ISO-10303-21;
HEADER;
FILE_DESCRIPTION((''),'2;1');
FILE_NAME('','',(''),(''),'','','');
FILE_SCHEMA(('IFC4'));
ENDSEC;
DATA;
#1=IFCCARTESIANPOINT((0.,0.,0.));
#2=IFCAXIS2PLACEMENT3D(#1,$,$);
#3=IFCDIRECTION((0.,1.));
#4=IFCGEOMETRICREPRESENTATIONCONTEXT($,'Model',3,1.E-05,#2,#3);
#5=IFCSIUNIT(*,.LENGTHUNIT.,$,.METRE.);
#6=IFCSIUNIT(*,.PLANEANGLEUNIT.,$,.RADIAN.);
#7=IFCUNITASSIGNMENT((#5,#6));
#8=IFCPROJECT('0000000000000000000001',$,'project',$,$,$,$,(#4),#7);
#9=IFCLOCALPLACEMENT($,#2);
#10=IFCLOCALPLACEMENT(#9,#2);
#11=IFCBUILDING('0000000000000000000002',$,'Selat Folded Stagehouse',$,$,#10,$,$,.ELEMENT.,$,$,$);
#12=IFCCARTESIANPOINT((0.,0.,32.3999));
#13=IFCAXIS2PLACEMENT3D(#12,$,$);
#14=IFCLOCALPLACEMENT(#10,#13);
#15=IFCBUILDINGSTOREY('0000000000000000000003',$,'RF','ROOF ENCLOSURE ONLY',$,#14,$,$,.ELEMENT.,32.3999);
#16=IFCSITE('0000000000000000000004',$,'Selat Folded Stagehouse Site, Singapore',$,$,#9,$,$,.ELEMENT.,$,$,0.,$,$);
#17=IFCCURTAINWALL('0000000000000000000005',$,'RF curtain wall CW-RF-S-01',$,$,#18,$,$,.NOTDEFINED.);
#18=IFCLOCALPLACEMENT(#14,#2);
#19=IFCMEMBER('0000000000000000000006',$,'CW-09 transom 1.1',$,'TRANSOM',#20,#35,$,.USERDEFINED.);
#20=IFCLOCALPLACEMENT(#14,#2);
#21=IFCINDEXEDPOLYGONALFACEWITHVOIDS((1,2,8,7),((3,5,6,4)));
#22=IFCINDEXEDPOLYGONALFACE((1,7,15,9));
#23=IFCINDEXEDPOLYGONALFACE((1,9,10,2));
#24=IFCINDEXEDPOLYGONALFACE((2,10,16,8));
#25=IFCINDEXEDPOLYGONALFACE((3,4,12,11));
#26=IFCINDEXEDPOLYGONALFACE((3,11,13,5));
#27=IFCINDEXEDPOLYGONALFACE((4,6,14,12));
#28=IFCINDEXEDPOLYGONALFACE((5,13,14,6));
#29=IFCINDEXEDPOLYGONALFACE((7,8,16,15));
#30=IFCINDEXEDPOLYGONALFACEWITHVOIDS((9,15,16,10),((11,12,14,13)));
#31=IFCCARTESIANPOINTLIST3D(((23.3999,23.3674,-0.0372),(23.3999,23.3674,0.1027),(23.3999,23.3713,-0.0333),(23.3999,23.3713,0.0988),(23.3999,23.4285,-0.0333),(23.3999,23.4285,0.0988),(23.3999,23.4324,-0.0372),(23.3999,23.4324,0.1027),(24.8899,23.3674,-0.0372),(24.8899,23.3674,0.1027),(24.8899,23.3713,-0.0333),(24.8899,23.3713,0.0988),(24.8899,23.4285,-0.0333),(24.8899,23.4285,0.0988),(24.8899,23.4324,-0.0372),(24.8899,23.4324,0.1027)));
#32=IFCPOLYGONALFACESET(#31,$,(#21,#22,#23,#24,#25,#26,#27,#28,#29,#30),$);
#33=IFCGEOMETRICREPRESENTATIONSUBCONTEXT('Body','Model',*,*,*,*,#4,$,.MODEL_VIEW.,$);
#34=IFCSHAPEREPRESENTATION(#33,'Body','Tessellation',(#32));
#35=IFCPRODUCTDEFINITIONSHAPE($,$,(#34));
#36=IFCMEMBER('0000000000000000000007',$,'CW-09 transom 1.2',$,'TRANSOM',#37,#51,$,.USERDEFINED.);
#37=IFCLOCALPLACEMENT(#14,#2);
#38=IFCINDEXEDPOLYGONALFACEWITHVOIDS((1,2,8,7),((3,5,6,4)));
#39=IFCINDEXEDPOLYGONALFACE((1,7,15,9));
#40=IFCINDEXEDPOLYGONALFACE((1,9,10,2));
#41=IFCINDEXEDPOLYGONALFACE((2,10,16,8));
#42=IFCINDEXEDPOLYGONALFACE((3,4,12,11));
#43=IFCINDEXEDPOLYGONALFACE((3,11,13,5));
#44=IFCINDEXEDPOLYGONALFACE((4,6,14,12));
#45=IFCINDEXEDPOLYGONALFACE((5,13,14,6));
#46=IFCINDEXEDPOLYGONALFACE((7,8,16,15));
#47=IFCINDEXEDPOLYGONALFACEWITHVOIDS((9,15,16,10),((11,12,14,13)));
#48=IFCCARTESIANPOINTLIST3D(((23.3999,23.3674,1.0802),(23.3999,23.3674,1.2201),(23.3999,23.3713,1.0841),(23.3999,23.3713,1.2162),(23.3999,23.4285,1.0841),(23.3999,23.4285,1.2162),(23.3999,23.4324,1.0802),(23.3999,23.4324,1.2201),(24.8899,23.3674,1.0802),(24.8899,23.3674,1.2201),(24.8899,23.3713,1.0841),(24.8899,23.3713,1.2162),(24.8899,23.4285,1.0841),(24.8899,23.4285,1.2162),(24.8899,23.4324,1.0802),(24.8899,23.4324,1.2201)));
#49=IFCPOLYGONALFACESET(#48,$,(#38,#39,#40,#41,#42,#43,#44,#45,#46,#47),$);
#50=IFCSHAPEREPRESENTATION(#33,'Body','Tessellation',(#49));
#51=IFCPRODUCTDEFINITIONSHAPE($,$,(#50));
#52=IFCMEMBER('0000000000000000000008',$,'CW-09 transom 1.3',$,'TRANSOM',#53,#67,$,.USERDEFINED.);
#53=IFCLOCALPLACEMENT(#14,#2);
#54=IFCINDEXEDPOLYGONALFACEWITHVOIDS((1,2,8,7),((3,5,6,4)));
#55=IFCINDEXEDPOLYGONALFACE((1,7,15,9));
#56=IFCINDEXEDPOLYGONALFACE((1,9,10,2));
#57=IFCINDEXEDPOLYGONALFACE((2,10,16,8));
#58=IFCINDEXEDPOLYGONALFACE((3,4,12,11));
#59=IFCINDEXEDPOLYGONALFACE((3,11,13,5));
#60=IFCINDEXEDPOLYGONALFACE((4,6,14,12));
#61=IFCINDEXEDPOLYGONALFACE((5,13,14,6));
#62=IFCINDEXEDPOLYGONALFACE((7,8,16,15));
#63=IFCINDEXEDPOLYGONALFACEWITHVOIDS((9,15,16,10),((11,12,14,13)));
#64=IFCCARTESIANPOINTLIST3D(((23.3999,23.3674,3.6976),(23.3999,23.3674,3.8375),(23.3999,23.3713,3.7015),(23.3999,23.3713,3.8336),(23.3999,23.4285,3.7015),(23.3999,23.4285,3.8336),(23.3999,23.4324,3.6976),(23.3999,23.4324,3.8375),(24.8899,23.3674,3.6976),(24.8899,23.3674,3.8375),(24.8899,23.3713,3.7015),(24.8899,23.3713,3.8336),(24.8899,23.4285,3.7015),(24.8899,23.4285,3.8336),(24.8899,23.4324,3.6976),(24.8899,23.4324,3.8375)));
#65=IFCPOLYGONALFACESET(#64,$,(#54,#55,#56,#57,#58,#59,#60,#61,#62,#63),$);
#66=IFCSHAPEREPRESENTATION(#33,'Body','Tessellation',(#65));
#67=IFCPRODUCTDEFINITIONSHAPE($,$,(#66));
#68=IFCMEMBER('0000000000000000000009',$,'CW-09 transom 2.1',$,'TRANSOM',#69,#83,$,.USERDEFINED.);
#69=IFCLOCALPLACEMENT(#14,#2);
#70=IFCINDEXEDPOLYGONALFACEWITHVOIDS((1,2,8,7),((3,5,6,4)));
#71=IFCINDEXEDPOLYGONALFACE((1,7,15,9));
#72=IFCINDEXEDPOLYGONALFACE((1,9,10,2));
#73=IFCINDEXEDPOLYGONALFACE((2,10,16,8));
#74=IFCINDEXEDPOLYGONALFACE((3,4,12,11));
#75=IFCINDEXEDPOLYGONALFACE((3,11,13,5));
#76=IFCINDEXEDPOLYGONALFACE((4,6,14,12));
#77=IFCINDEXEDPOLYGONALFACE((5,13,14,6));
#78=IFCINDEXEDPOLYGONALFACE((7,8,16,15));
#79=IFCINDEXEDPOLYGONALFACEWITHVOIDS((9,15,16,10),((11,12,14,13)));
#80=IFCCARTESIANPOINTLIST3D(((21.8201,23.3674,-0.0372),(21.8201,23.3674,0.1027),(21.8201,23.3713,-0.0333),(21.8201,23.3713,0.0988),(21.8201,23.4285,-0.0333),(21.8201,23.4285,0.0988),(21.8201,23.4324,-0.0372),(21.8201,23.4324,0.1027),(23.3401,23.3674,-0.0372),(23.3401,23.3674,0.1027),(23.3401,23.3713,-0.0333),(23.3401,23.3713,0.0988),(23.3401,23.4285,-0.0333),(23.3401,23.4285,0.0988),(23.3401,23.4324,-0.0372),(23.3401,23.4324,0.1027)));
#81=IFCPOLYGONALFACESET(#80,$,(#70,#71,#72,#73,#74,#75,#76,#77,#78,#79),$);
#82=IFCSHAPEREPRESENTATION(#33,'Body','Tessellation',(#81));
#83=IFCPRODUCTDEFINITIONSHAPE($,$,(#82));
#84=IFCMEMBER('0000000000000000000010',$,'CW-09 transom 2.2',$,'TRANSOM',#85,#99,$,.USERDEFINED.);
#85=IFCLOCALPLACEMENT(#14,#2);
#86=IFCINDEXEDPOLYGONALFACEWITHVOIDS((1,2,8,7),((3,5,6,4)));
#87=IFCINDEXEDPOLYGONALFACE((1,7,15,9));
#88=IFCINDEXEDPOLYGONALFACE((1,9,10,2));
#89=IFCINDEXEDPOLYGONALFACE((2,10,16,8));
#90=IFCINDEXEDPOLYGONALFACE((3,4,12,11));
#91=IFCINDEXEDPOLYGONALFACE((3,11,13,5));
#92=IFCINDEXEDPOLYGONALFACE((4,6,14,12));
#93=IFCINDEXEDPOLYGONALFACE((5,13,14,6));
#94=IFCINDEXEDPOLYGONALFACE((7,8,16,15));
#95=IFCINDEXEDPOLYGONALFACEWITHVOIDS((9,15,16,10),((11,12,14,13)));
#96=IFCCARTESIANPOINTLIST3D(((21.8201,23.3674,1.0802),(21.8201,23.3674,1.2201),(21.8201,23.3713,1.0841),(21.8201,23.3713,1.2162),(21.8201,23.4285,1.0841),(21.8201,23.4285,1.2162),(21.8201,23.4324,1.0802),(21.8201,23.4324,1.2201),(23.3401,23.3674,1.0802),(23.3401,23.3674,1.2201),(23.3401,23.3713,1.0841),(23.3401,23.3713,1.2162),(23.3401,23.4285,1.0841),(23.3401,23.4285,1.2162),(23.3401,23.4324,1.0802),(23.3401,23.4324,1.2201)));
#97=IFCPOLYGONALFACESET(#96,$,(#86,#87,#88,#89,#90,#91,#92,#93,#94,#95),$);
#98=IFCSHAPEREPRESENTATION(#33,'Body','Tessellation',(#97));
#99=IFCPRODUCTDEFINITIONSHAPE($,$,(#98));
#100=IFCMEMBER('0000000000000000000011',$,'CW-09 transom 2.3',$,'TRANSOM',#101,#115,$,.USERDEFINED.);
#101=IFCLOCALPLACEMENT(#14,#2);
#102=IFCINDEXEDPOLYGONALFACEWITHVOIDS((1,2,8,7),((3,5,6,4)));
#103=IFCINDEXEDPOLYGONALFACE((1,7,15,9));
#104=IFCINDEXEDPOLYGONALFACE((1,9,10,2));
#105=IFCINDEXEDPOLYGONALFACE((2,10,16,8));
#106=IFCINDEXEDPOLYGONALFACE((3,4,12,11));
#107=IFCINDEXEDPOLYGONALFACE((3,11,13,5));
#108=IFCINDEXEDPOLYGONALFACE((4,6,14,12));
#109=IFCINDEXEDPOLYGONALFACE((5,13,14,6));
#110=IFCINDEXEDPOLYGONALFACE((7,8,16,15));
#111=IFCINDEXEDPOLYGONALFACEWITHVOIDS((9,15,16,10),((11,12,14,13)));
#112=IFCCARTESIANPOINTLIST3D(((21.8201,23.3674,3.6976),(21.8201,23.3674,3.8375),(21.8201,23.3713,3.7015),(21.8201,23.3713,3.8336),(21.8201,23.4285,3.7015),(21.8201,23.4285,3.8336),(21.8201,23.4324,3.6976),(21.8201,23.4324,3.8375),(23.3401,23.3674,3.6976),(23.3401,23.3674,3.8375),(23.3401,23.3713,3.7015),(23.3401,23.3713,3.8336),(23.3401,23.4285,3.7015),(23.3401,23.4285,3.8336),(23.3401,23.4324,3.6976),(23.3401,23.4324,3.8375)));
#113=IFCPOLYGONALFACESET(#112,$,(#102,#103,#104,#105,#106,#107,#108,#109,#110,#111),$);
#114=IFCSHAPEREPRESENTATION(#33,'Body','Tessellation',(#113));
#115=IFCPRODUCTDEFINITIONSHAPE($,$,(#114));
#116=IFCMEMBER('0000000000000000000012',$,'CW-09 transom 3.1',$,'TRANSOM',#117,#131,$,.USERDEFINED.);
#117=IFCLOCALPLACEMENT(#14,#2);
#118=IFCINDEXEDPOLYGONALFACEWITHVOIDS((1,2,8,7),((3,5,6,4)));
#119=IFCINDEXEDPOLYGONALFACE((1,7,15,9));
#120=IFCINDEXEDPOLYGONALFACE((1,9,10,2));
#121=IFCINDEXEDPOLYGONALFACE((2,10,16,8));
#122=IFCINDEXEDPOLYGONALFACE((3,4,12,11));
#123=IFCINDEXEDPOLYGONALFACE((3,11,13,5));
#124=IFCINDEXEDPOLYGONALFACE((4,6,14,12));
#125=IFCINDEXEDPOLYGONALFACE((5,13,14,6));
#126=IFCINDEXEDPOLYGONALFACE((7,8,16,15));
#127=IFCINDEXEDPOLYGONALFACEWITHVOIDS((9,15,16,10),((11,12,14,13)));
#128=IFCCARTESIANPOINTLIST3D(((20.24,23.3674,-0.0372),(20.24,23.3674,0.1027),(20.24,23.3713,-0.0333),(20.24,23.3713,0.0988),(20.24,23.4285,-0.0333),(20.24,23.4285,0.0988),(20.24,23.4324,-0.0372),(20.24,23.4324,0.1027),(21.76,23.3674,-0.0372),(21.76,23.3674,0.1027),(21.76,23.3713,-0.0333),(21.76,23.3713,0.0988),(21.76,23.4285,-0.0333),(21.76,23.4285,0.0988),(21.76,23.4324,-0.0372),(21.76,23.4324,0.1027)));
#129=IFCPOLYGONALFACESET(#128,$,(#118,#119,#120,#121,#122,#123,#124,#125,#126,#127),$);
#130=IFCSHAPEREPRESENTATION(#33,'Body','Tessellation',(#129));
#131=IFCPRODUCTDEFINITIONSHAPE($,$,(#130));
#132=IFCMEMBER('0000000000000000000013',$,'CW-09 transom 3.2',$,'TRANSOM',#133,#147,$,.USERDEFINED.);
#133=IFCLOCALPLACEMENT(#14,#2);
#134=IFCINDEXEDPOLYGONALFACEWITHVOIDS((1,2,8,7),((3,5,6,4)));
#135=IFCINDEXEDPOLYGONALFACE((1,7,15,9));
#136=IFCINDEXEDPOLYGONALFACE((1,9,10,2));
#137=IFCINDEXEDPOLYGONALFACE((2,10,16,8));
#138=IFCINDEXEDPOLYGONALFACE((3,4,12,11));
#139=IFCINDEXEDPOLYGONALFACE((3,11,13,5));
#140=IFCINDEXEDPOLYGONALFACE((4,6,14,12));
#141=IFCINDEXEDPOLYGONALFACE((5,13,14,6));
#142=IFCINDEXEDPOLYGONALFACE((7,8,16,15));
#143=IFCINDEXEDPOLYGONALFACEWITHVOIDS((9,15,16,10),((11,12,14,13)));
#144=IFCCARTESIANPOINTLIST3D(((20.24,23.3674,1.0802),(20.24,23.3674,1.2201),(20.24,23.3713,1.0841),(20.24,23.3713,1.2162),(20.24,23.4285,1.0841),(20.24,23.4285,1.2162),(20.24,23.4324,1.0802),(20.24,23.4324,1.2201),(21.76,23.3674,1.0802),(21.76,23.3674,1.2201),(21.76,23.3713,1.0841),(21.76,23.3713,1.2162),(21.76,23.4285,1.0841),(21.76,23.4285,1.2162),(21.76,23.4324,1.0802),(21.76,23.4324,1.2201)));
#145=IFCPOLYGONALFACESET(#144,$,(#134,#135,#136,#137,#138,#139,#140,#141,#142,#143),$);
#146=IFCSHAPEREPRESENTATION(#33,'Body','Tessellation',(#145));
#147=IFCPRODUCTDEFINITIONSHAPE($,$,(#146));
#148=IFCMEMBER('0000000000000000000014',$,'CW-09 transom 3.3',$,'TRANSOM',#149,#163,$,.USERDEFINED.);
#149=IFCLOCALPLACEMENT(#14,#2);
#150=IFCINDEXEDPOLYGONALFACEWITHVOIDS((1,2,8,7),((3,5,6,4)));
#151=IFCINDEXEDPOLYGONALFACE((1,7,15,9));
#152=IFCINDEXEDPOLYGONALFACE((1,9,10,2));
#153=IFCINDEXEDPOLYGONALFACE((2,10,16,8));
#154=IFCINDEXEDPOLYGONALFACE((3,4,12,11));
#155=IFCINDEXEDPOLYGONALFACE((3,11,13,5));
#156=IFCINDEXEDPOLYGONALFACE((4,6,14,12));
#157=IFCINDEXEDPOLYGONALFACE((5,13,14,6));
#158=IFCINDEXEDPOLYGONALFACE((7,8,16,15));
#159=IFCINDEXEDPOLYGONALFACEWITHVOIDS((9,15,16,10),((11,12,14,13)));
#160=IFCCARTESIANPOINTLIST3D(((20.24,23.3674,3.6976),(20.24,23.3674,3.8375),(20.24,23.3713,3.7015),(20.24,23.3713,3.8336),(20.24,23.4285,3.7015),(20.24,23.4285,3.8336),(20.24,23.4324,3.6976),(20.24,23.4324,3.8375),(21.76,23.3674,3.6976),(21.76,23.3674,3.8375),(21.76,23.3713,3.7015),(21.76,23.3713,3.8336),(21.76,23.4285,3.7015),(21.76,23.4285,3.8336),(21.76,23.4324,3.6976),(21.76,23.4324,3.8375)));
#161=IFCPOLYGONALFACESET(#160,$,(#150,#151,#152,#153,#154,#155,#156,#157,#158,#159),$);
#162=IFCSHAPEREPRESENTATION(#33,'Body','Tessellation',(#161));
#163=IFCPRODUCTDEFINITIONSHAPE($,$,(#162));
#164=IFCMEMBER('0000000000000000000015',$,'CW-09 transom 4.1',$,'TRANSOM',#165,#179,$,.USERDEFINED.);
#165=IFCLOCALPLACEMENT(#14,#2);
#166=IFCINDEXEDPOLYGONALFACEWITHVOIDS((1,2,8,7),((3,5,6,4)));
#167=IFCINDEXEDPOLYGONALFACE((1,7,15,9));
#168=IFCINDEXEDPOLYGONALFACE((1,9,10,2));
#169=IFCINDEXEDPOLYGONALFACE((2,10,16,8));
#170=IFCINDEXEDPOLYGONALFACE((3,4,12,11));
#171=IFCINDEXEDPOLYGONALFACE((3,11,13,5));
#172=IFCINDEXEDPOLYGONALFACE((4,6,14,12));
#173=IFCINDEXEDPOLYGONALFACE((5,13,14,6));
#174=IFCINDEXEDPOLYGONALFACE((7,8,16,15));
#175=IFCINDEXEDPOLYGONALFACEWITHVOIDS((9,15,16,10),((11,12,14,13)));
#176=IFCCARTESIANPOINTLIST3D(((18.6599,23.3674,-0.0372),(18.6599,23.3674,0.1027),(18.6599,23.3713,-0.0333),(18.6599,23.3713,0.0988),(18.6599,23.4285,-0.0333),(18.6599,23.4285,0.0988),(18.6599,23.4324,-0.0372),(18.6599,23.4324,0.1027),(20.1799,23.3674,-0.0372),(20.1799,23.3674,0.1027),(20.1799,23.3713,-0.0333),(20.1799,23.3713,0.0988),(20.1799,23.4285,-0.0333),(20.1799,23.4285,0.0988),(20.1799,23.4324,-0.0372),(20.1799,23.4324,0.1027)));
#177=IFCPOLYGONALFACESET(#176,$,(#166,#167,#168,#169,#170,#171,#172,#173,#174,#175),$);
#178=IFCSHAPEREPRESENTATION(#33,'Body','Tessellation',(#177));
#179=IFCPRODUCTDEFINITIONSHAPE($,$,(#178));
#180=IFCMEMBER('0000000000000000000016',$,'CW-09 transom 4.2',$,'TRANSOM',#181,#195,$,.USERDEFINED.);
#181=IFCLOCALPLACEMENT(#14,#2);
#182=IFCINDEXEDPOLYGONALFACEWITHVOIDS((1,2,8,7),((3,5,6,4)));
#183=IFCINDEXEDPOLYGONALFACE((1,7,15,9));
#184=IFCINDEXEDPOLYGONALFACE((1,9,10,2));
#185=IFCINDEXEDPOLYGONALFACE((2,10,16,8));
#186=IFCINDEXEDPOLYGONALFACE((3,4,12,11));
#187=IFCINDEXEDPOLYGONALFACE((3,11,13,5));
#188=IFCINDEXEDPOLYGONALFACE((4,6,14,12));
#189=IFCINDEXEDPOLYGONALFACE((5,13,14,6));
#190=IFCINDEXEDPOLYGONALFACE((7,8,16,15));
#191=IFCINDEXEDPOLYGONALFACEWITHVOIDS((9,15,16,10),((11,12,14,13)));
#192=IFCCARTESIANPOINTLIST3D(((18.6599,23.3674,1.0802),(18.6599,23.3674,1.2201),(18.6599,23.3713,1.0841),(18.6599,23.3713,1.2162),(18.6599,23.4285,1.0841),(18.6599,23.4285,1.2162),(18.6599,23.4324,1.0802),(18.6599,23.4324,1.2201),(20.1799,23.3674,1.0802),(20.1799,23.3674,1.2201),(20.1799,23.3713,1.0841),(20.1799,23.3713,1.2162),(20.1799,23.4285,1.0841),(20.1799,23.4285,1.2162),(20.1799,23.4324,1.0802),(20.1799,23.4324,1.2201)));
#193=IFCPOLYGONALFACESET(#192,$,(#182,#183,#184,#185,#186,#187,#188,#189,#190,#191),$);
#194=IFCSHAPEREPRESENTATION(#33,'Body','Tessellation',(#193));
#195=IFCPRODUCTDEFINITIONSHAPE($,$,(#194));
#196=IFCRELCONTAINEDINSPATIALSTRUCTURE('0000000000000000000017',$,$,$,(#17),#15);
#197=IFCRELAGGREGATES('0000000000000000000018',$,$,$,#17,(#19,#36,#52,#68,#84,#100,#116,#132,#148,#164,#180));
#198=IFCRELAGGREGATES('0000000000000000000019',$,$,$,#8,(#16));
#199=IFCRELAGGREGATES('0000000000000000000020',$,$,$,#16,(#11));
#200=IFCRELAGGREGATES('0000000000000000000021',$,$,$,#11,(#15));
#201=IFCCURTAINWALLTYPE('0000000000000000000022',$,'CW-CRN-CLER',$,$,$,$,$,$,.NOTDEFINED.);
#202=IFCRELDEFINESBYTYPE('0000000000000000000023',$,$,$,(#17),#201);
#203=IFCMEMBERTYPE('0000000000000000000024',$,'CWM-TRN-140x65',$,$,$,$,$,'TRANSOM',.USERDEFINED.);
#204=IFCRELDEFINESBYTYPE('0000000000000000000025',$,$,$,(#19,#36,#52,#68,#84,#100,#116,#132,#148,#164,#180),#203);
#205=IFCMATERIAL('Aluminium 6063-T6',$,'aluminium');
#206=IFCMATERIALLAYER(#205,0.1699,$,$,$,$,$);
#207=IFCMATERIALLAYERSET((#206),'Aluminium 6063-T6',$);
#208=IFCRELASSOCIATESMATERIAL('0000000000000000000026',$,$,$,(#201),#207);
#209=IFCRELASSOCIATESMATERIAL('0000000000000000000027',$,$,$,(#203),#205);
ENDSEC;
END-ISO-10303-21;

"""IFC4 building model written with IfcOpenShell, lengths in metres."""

from ifc_helpers import new_model, si_unit, direction, frame, origin, origin_2d, place, context, subcontext, project, spatial, hollow_rectangle, extrude, material, layer, layer_set, material_profile, profile_set, type_object, element, aggregate, save


model = new_model("IFC4")

# Units and contexts
model_context = context("Model", 3, precision=1e-05, world=origin(), true_north=direction((0.0, 1.0)))
body_context = subcontext(model_context, "Body", "Model", "MODEL_VIEW")
ifc_project = project(units=[si_unit("LENGTHUNIT", "METRE"), si_unit("PLANEANGLEUNIT", "RADIAN")], contexts=[model_context])

# Site, building, storey
site_placement = place(None, origin())
site = spatial("IfcSite", under=ifc_project, at=site_placement, Name="Selat Folded Stagehouse Site, Singapore", CompositionType="ELEMENT", RefElevation=0.0)
building_placement = place(site_placement, origin())
building = spatial("IfcBuilding", under=site, at=building_placement, Name="Selat Folded Stagehouse", CompositionType="ELEMENT")
storey_placement = place(building_placement, frame((0.0, 0.0, 32.3999)))
storey = spatial("IfcBuildingStorey", under=building, at=storey_placement, Name="RF", Description="ROOF ENCLOSURE ONLY", CompositionType="ELEMENT", Elevation=32.3999)

# Curtain wall, members
ifc_material_1 = material(Name="Aluminium 6063-T6", Category="aluminium")
ifc_layer_1 = layer(ifc_material_1, 0.1699)
ifc_layer_set_1 = layer_set([ifc_layer_1], Name="Aluminium 6063-T6")
curtain_wall_type = type_object("IfcCurtainWallType", Name="CW-CRN-CLER", PredefinedType="NOTDEFINED", material=ifc_layer_set_1)
curtain_wall_placement = place(storey_placement, origin())
curtain_wall = element("IfcCurtainWall", 1, at=curtain_wall_placement, inside=storey, type_object=curtain_wall_type, Name="RF curtain wall CW-RF-S-01", PredefinedType="NOTDEFINED")
ifc_material_profile_1 = material_profile(ifc_material_1, hollow_rectangle(XDim=0.0649, YDim=0.1399, WallThickness=0.0039, at=origin_2d()), Name="ALU 140x65x4.0")
ifc_profile_set_1 = profile_set([ifc_material_profile_1], Name="Aluminium 6063-T6")
member_type_1 = type_object("IfcMemberType", Name="CWM-TRN-140x65", ElementType="TRANSOM", PredefinedType="USERDEFINED", material=ifc_profile_set_1)
member_1_placement = place(storey_placement, frame((24.8899, 23.3999, 0.0327), z_axis=(-1.0, 0.0, 0.0), x_axis=(0.0, -1.0, 0.0)))
member_1 = element("IfcMember", 2, at=member_1_placement, type_object=member_type_1, Name="CW-09 transom 1.1", ObjectType="TRANSOM", PredefinedType="USERDEFINED", context=body_context, shape_type="SweptSolid", body=[
    extrude(hollow_rectangle(XDim=0.0649, YDim=0.1399, WallThickness=0.0039, at=origin_2d()), origin(), (0.0, 0.0, 1.0), 1.49),
])
member_2_placement = place(storey_placement, frame((24.8899, 23.3999, 1.1501), z_axis=(-1.0, 0.0, 0.0), x_axis=(0.0, -1.0, 0.0)))
member_2 = element("IfcMember", 3, at=member_2_placement, type_object=member_type_1, Name="CW-09 transom 1.2", ObjectType="TRANSOM", PredefinedType="USERDEFINED", context=body_context, shape_type="SweptSolid", body=[
    extrude(hollow_rectangle(XDim=0.0649, YDim=0.1399, WallThickness=0.0039, at=origin_2d()), origin(), (0.0, 0.0, 1.0), 1.49),
])
member_3_placement = place(storey_placement, frame((24.8899, 23.3999, 3.7676), z_axis=(-1.0, 0.0, 0.0), x_axis=(0.0, -1.0, 0.0)))
member_3 = element("IfcMember", 4, at=member_3_placement, type_object=member_type_1, Name="CW-09 transom 1.3", ObjectType="TRANSOM", PredefinedType="USERDEFINED", context=body_context, shape_type="SweptSolid", body=[
    extrude(hollow_rectangle(XDim=0.0649, YDim=0.1399, WallThickness=0.0039, at=origin_2d()), origin(), (0.0, 0.0, 1.0), 1.49),
])
member_4_placement = place(storey_placement, frame((23.3401, 23.3999, 0.0327), z_axis=(-1.0, 0.0, 0.0), x_axis=(0.0, -1.0, 0.0)))
member_4 = element("IfcMember", 5, at=member_4_placement, type_object=member_type_1, Name="CW-09 transom 2.1", ObjectType="TRANSOM", PredefinedType="USERDEFINED", context=body_context, shape_type="SweptSolid", body=[
    extrude(hollow_rectangle(XDim=0.0649, YDim=0.1399, WallThickness=0.0039, at=origin_2d()), origin(), (0.0, 0.0, 1.0), 1.52),
])
member_5_placement = place(storey_placement, frame((23.3401, 23.3999, 1.1501), z_axis=(-1.0, 0.0, 0.0), x_axis=(0.0, -1.0, 0.0)))
member_5 = element("IfcMember", 6, at=member_5_placement, type_object=member_type_1, Name="CW-09 transom 2.2", ObjectType="TRANSOM", PredefinedType="USERDEFINED", context=body_context, shape_type="SweptSolid", body=[
    extrude(hollow_rectangle(XDim=0.0649, YDim=0.1399, WallThickness=0.0039, at=origin_2d()), origin(), (0.0, 0.0, 1.0), 1.52),
])
member_6_placement = place(storey_placement, frame((23.3401, 23.3999, 3.7676), z_axis=(-1.0, 0.0, 0.0), x_axis=(0.0, -1.0, 0.0)))
member_6 = element("IfcMember", 7, at=member_6_placement, type_object=member_type_1, Name="CW-09 transom 2.3", ObjectType="TRANSOM", PredefinedType="USERDEFINED", context=body_context, shape_type="SweptSolid", body=[
    extrude(hollow_rectangle(XDim=0.0649, YDim=0.1399, WallThickness=0.0039, at=origin_2d()), origin(), (0.0, 0.0, 1.0), 1.52),
])
member_7_placement = place(storey_placement, frame((21.76, 23.3999, 0.0327), z_axis=(-1.0, 0.0, 0.0), x_axis=(0.0, -1.0, 0.0)))
member_7 = element("IfcMember", 8, at=member_7_placement, type_object=member_type_1, Name="CW-09 transom 3.1", ObjectType="TRANSOM", PredefinedType="USERDEFINED", context=body_context, shape_type="SweptSolid", body=[
    extrude(hollow_rectangle(XDim=0.0649, YDim=0.1399, WallThickness=0.0039, at=origin_2d()), origin(), (0.0, 0.0, 1.0), 1.52),
])
member_8_placement = place(storey_placement, frame((21.76, 23.3999, 1.1501), z_axis=(-1.0, 0.0, 0.0), x_axis=(0.0, -1.0, 0.0)))
member_8 = element("IfcMember", 9, at=member_8_placement, type_object=member_type_1, Name="CW-09 transom 3.2", ObjectType="TRANSOM", PredefinedType="USERDEFINED", context=body_context, shape_type="SweptSolid", body=[
    extrude(hollow_rectangle(XDim=0.0649, YDim=0.1399, WallThickness=0.0039, at=origin_2d()), origin(), (0.0, 0.0, 1.0), 1.52),
])
member_9_placement = place(storey_placement, frame((21.76, 23.3999, 3.7676), z_axis=(-1.0, 0.0, 0.0), x_axis=(0.0, -1.0, 0.0)))
member_9 = element("IfcMember", 10, at=member_9_placement, type_object=member_type_1, Name="CW-09 transom 3.3", ObjectType="TRANSOM", PredefinedType="USERDEFINED", context=body_context, shape_type="SweptSolid", body=[
    extrude(hollow_rectangle(XDim=0.0649, YDim=0.1399, WallThickness=0.0039, at=origin_2d()), origin(), (0.0, 0.0, 1.0), 1.52),
])
member_10_placement = place(storey_placement, frame((20.1799, 23.3999, 0.0327), z_axis=(-1.0, 0.0, 0.0), x_axis=(0.0, -1.0, 0.0)))
member_10 = element("IfcMember", 11, at=member_10_placement, type_object=member_type_1, Name="CW-09 transom 4.1", ObjectType="TRANSOM", PredefinedType="USERDEFINED", context=body_context, shape_type="SweptSolid", body=[
    extrude(hollow_rectangle(XDim=0.0649, YDim=0.1399, WallThickness=0.0039, at=origin_2d()), origin(), (0.0, 0.0, 1.0), 1.52),
])
member_11_placement = place(storey_placement, frame((20.1799, 23.3999, 1.1501), z_axis=(-1.0, 0.0, 0.0), x_axis=(0.0, -1.0, 0.0)))
member_11 = element("IfcMember", 12, at=member_11_placement, type_object=member_type_1, Name="CW-09 transom 4.2", ObjectType="TRANSOM", PredefinedType="USERDEFINED", context=body_context, shape_type="SweptSolid", body=[
    extrude(hollow_rectangle(XDim=0.0649, YDim=0.1399, WallThickness=0.0039, at=origin_2d()), origin(), (0.0, 0.0, 1.0), 1.52),
])
aggregate(curtain_wall, [member_1, member_2, member_3, member_4, member_5, member_6, member_7, member_8, member_9, member_10, member_11])

save(model, "model.ifc")
